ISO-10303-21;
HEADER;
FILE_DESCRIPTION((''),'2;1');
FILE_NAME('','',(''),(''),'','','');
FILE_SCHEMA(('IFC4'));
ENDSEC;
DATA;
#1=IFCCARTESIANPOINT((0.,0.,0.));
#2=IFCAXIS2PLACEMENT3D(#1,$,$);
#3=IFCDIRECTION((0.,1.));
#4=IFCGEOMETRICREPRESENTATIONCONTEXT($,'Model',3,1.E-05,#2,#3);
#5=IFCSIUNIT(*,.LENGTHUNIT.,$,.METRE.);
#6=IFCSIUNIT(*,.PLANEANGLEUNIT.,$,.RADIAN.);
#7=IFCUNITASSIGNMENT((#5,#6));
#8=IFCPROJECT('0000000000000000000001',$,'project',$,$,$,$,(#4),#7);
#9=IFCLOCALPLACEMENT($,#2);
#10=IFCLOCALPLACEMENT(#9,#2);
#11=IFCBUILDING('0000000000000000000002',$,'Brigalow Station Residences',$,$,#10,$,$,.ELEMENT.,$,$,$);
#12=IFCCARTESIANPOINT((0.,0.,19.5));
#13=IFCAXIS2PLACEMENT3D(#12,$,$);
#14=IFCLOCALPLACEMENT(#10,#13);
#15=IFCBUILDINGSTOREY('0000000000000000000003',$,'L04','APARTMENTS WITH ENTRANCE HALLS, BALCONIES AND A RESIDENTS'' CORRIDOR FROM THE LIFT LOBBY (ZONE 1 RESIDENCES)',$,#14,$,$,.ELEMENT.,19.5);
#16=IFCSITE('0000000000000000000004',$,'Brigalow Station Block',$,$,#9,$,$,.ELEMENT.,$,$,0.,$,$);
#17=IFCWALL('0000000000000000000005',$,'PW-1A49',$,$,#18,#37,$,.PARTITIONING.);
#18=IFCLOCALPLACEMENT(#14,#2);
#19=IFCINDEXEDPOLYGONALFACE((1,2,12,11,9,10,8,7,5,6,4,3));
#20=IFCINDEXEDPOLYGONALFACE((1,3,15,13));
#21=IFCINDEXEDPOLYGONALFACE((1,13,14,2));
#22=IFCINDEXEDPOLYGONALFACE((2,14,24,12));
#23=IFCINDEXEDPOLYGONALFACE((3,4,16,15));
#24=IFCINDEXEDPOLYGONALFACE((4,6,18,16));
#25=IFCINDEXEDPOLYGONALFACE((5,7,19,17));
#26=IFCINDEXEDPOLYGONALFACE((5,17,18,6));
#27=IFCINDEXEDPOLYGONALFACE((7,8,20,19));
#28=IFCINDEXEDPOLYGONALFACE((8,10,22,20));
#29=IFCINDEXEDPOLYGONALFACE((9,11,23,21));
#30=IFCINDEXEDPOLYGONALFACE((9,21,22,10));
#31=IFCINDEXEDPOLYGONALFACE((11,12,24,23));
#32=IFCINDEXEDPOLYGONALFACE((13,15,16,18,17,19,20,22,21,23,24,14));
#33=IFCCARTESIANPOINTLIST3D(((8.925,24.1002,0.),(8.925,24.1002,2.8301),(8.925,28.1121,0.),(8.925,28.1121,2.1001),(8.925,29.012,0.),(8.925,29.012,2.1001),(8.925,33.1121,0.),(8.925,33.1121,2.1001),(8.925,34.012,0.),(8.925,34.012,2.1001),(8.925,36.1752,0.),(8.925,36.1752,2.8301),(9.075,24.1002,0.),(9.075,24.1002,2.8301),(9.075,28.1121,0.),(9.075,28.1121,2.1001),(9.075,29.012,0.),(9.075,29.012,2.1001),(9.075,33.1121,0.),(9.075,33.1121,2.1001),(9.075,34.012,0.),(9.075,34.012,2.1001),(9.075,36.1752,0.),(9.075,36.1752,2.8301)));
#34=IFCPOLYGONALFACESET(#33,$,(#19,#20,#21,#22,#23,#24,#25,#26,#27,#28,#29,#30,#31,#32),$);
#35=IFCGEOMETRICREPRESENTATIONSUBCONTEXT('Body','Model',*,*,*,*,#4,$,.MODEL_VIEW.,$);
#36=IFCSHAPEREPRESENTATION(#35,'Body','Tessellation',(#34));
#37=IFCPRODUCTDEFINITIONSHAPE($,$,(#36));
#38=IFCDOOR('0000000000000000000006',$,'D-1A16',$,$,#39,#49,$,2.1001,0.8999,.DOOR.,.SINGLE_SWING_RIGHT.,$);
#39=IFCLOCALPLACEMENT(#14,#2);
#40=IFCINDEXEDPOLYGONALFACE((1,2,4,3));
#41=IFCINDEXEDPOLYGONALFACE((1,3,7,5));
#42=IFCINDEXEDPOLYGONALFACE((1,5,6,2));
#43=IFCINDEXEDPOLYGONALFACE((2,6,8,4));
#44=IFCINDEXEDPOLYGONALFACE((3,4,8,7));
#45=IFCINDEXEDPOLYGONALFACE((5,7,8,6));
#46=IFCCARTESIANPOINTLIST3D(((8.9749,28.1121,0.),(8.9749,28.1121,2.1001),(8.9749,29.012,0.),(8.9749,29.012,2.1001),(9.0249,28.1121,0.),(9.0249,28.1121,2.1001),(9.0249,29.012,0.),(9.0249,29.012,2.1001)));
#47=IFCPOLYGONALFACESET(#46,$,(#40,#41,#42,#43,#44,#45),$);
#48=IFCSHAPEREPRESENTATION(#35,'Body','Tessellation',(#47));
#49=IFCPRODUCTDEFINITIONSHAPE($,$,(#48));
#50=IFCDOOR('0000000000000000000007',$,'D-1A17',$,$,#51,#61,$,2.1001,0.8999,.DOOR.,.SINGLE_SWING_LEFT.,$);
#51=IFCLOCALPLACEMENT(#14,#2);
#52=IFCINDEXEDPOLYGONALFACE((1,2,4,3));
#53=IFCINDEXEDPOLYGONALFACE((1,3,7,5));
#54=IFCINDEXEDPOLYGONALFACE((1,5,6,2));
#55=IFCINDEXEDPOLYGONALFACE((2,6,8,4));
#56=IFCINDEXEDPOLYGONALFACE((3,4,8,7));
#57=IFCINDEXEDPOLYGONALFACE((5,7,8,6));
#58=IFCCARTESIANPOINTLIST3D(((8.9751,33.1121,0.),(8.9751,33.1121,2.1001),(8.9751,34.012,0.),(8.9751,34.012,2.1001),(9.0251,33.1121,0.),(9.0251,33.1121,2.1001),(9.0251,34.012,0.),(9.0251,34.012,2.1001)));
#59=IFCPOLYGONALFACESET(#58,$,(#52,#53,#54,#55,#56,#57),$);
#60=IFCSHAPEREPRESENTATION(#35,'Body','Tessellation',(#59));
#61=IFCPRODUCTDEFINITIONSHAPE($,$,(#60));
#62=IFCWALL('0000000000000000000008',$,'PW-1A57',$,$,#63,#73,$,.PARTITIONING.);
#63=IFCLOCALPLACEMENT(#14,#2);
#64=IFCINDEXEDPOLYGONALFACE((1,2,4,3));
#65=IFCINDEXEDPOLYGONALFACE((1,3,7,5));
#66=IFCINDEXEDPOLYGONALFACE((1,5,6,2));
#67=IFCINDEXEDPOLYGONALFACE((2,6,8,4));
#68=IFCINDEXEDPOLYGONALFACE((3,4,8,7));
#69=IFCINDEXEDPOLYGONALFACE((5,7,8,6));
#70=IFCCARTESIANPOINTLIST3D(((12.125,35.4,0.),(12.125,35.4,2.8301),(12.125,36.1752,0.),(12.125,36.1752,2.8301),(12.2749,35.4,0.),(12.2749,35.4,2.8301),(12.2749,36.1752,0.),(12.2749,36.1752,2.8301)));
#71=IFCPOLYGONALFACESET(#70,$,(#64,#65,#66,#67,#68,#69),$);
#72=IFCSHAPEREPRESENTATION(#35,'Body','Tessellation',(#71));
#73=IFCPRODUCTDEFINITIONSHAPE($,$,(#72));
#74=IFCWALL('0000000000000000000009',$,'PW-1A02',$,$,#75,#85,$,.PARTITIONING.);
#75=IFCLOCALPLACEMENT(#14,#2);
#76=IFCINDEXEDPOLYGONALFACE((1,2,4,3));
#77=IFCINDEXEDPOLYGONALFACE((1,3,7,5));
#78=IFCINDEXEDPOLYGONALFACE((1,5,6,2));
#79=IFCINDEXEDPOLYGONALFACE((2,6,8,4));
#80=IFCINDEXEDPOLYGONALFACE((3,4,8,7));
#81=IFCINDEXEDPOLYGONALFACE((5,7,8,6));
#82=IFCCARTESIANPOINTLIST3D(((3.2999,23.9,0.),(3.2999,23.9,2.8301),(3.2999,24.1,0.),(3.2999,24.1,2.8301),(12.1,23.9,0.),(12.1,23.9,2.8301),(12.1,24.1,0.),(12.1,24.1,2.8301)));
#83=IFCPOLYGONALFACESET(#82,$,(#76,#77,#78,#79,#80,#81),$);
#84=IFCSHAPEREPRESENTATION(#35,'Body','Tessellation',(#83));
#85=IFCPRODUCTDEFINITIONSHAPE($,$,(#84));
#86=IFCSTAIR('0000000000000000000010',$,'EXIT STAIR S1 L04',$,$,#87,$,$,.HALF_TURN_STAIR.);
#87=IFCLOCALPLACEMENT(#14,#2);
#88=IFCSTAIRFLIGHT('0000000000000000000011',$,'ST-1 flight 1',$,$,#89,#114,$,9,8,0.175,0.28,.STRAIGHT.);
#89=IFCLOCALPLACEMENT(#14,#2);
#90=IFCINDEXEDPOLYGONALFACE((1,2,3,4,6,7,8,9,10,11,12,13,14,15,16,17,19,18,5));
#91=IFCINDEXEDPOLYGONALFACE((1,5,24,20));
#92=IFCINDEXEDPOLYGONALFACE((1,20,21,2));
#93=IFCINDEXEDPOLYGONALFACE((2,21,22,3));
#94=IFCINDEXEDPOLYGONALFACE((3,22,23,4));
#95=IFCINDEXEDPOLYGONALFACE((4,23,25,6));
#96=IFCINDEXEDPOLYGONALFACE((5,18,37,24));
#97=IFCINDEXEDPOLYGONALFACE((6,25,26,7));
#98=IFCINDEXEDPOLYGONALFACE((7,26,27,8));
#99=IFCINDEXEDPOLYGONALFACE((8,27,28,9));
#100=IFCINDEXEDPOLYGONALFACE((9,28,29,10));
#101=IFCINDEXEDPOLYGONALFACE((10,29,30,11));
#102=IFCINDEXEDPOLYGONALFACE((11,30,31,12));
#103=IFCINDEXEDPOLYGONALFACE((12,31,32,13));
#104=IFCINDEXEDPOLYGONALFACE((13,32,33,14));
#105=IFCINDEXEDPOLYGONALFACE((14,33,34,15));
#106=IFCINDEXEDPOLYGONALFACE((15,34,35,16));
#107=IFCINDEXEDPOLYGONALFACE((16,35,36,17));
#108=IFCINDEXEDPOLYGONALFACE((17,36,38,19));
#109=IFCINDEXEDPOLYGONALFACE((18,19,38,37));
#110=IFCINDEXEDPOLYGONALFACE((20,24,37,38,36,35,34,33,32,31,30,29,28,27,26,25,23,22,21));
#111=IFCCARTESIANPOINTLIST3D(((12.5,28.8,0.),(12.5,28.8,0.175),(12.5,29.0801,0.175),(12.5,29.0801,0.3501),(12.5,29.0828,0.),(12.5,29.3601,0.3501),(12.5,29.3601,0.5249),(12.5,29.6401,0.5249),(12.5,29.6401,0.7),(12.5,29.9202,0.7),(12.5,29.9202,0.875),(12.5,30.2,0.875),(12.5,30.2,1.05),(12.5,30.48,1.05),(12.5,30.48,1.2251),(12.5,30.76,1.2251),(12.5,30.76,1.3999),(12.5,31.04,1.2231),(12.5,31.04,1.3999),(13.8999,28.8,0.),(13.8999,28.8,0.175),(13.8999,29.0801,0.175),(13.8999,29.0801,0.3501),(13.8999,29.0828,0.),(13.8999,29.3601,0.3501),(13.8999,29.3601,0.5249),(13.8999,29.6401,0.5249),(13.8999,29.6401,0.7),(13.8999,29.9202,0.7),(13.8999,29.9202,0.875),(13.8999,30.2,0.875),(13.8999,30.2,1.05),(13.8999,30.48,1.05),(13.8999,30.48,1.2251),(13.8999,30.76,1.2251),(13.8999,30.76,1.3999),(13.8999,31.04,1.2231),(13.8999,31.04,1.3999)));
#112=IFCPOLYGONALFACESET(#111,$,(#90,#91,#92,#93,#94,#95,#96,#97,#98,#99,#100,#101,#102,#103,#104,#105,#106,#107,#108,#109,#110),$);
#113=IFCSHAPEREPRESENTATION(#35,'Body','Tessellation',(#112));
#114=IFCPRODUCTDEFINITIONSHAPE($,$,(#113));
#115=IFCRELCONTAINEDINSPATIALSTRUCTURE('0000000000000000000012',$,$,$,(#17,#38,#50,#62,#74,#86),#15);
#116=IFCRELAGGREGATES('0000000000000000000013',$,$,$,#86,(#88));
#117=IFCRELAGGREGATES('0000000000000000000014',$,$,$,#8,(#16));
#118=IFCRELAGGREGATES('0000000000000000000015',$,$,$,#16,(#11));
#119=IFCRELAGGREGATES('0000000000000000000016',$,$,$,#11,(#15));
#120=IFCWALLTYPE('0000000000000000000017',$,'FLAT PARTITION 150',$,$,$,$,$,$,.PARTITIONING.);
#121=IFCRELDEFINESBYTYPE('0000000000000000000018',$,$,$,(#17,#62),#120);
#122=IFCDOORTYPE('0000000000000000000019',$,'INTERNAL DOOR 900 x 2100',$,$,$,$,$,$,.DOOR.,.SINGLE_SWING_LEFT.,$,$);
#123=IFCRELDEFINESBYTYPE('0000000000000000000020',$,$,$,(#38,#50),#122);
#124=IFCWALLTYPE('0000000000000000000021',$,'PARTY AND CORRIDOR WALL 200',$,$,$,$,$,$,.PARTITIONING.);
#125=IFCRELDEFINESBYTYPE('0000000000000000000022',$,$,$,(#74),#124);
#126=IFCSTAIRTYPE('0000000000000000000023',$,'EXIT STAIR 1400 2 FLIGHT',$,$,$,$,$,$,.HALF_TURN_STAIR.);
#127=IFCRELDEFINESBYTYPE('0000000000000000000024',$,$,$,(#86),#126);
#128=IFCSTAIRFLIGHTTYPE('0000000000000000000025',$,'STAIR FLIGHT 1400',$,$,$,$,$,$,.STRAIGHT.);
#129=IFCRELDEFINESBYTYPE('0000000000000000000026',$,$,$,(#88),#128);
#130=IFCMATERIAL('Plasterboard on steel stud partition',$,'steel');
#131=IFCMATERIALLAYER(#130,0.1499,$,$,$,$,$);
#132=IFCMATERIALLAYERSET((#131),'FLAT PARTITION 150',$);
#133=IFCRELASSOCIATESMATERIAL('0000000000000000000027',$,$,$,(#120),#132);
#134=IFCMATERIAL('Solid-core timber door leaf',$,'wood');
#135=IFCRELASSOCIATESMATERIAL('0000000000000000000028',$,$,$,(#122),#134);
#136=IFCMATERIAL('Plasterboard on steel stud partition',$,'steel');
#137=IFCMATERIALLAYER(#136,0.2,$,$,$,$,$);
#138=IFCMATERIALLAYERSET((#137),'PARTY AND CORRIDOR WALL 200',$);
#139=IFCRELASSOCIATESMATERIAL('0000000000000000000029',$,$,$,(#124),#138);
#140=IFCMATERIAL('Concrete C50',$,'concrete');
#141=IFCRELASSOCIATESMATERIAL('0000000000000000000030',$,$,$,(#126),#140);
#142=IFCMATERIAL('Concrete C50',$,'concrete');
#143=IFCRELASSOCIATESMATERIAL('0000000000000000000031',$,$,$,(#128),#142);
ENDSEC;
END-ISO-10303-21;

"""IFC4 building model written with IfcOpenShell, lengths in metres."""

from ifc_helpers import new_model, si_unit, direction, frame, frame_2d, origin, place, context, subcontext, project, spatial, polyline, rectangle, outline, extrude, material, layer, layer_set, type_object, element, fill, aggregate, save


model = new_model("IFC4")

# Units and contexts
model_context = context("Model", 3, precision=1e-05, world=origin(), true_north=direction((0.0, 1.0)))
body_context = subcontext(model_context, "Body", "Model", "MODEL_VIEW")
ifc_project = project(units=[si_unit("LENGTHUNIT", "METRE"), si_unit("PLANEANGLEUNIT", "RADIAN")], contexts=[model_context])

# Site, building, storey
site_placement = place(None, origin())
site = spatial("IfcSite", under=ifc_project, at=site_placement, Name="Brigalow Station Block", CompositionType="ELEMENT", RefElevation=0.0)
building_placement = place(site_placement, origin())
building = spatial("IfcBuilding", under=site, at=building_placement, Name="Brigalow Station Residences", CompositionType="ELEMENT")
storey_placement = place(building_placement, frame((0.0, 0.0, 19.5)))
storey = spatial("IfcBuildingStorey", under=building, at=storey_placement, Name="L04", Description="APARTMENTS WITH ENTRANCE HALLS, BALCONIES AND A RESIDENTS' CORRIDOR FROM THE LIFT LOBBY (ZONE 1 RESIDENCES)", CompositionType="ELEMENT", Elevation=19.5)

# Shared definitions
ifc_material_1 = material(Name="Plasterboard on steel stud partition", Category="steel")
ifc_layer_1 = layer(ifc_material_1, 0.1499)
ifc_layer_set_1 = layer_set([ifc_layer_1], Name="FLAT PARTITION 150")
wall_type_1 = type_object("IfcWallType", Name="FLAT PARTITION 150", PredefinedType="PARTITIONING", material=ifc_layer_set_1)

# Wall, openings, doors
wall_1_placement = place(storey_placement, frame((9.0, 24.1001, 0.0), z_axis=(0.0, 0.0, 1.0), x_axis=(0.0, 1.0, 0.0)))
wall_1 = element("IfcWall", 1, at=wall_1_placement, inside=storey, type_object=wall_type_1, Name="PW-1A49", PredefinedType="PARTITIONING", context=body_context, shape_type="SweptSolid", body=[
    extrude(rectangle(XDim=12.075, YDim=0.1499, at=frame_2d((6.0376, 0.0))), origin(), (0.0, 0.0, 1.0), 2.8301),
])
opening_1_placement = place(wall_1_placement, frame((4.012, 0.0, 0.0)))
opening_1 = element("IfcOpeningElement", 2, at=opening_1_placement, cuts=wall_1, PredefinedType="OPENING", context=body_context, shape_type="SweptSolid", body=[
    extrude(rectangle(XDim=0.8999, YDim=2.1001, at=frame_2d((0.45, 1.05))), frame((0.0, 0.085, 0.0), z_axis=(0.0, -1.0, 0.0), x_axis=(1.0, 0.0, 0.0)), (0.0, 0.0, 1.0), 0.1699),
])
opening_2_placement = place(wall_1_placement, frame((9.012, 0.0, 0.0)))
opening_2 = element("IfcOpeningElement", 3, at=opening_2_placement, cuts=wall_1, PredefinedType="OPENING", context=body_context, shape_type="SweptSolid", body=[
    extrude(rectangle(XDim=0.8999, YDim=2.1001, at=frame_2d((0.45, 1.05))), frame((0.0, 0.085, 0.0), z_axis=(0.0, -1.0, 0.0), x_axis=(1.0, 0.0, 0.0)), (0.0, 0.0, 1.0), 0.1699),
])
ifc_material_2 = material(Name="Solid-core timber door leaf", Category="wood")
door_type_1 = type_object("IfcDoorType", Name="INTERNAL DOOR 900 x 2100", OperationType="SINGLE_SWING_LEFT", PredefinedType="DOOR", material=ifc_material_2)
door_1_placement = place(opening_1_placement, frame((0.8999, 0.0, 0.0), z_axis=(0.0, 0.0, 1.0), x_axis=(-1.0, 0.0, 0.0)))
door_1 = element("IfcDoor", 4, at=door_1_placement, inside=storey, type_object=door_type_1, Name="D-1A16", OperationType="SINGLE_SWING_RIGHT", OverallHeight=2.1001, OverallWidth=0.8999, PredefinedType="DOOR", context=body_context, shape_type="SweptSolid", body=[
    extrude(rectangle(XDim=0.8999, YDim=2.1001, at=frame_2d((0.45, 1.05))), frame((0.0, 0.0249, 0.0), z_axis=(0.0, -1.0, 0.0), x_axis=(1.0, 0.0, 0.0)), (0.0, 0.0, 1.0), 0.05),
])
fill(opening_1, door_1)
door_2_placement = place(opening_2_placement, origin())
door_2 = element("IfcDoor", 5, at=door_2_placement, inside=storey, type_object=door_type_1, Name="D-1A17", OperationType="SINGLE_SWING_LEFT", OverallHeight=2.1001, OverallWidth=0.8999, PredefinedType="DOOR", context=body_context, shape_type="SweptSolid", body=[
    extrude(rectangle(XDim=0.8999, YDim=2.1001, at=frame_2d((0.45, 1.05))), frame((0.0, 0.0249, 0.0), z_axis=(0.0, -1.0, 0.0), x_axis=(1.0, 0.0, 0.0)), (0.0, 0.0, 1.0), 0.05),
])
fill(opening_2, door_2)

# Walls
wall_2_placement = place(storey_placement, frame((12.2, 35.3999, 0.0), z_axis=(0.0, 0.0, 1.0), x_axis=(0.0, 1.0, 0.0)))
element("IfcWall", 6, at=wall_2_placement, inside=storey, type_object=wall_type_1, Name="PW-1A57", PredefinedType="PARTITIONING", context=body_context, shape_type="SweptSolid", body=[
    extrude(rectangle(XDim=0.7751, YDim=0.1499, at=frame_2d((0.3877, 0.0))), origin(), (0.0, 0.0, 1.0), 2.8301),
])
ifc_material_3 = material(Name="Plasterboard on steel stud partition", Category="steel")
ifc_layer_2 = layer(ifc_material_3, 0.2)
ifc_layer_set_2 = layer_set([ifc_layer_2], Name="PARTY AND CORRIDOR WALL 200")
wall_type_2 = type_object("IfcWallType", Name="PARTY AND CORRIDOR WALL 200", PredefinedType="PARTITIONING", material=ifc_layer_set_2)
wall_3_placement = place(storey_placement, frame((3.3, 24.0, 0.0), z_axis=(0.0, 0.0, 1.0), x_axis=(1.0, 0.0, 0.0)))
element("IfcWall", 7, at=wall_3_placement, inside=storey, type_object=wall_type_2, Name="PW-1A02", PredefinedType="PARTITIONING", context=body_context, shape_type="SweptSolid", body=[
    extrude(rectangle(XDim=8.8, YDim=0.2, at=frame_2d((4.3999, 0.0))), origin(), (0.0, 0.0, 1.0), 2.8301),
])

# Stair, stair flight
ifc_material_4 = material(Name="Concrete C50", Category="concrete")
stair_type = type_object("IfcStairType", Name="EXIT STAIR 1400 2 FLIGHT", PredefinedType="HALF_TURN_STAIR", material=ifc_material_4)
stair_placement = place(storey_placement, origin())
stair = element("IfcStair", 8, at=stair_placement, inside=storey, type_object=stair_type, Name="EXIT STAIR S1 L04", PredefinedType="HALF_TURN_STAIR")
ifc_material_5 = material(Name="Concrete C50", Category="concrete")
stair_flight_type = type_object("IfcStairFlightType", Name="STAIR FLIGHT 1400", PredefinedType="STRAIGHT", material=ifc_material_5)
stair_flight_placement = place(storey_placement, frame((13.2, 28.8, 0.0), z_axis=(0.0, 0.0, 1.0), x_axis=(0.0, 1.0, 0.0)))
stair_flight = element("IfcStairFlight", 9, at=stair_flight_placement, type_object=stair_flight_type, Name="ST-1 flight 1", NumberOfRisers=9, NumberOfTreads=8, PredefinedType="STRAIGHT", RiserHeight=0.175, TreadLength=0.28, context=body_context, shape_type="SweptSolid", body=[
    extrude(outline(polyline([(0.0, 0.0), (0.0, 0.175), (0.28, 0.175), (0.28, 0.3501), (0.5601, 0.3501), (0.5601, 0.5249), (0.8401, 0.5249), (0.8401, 0.7), (1.1201, 0.7), (1.1201, 0.875), (1.3999, 0.875), (1.3999, 1.05), (1.6799, 1.05), (1.6799, 1.2251), (1.96, 1.2251), (1.96, 1.3999), (2.24, 1.3999), (2.24, 1.575), (2.24, 1.2231), (0.2827, 0.0), (0.0, 0.0)])), frame((0.0, 0.7, 0.0), z_axis=(0.0, -1.0, 0.0), x_axis=(1.0, 0.0, 0.0)), (0.0, 0.0, 1.0), 1.3999),
])
aggregate(stair, [stair_flight])

save(model, "model.ifc")
